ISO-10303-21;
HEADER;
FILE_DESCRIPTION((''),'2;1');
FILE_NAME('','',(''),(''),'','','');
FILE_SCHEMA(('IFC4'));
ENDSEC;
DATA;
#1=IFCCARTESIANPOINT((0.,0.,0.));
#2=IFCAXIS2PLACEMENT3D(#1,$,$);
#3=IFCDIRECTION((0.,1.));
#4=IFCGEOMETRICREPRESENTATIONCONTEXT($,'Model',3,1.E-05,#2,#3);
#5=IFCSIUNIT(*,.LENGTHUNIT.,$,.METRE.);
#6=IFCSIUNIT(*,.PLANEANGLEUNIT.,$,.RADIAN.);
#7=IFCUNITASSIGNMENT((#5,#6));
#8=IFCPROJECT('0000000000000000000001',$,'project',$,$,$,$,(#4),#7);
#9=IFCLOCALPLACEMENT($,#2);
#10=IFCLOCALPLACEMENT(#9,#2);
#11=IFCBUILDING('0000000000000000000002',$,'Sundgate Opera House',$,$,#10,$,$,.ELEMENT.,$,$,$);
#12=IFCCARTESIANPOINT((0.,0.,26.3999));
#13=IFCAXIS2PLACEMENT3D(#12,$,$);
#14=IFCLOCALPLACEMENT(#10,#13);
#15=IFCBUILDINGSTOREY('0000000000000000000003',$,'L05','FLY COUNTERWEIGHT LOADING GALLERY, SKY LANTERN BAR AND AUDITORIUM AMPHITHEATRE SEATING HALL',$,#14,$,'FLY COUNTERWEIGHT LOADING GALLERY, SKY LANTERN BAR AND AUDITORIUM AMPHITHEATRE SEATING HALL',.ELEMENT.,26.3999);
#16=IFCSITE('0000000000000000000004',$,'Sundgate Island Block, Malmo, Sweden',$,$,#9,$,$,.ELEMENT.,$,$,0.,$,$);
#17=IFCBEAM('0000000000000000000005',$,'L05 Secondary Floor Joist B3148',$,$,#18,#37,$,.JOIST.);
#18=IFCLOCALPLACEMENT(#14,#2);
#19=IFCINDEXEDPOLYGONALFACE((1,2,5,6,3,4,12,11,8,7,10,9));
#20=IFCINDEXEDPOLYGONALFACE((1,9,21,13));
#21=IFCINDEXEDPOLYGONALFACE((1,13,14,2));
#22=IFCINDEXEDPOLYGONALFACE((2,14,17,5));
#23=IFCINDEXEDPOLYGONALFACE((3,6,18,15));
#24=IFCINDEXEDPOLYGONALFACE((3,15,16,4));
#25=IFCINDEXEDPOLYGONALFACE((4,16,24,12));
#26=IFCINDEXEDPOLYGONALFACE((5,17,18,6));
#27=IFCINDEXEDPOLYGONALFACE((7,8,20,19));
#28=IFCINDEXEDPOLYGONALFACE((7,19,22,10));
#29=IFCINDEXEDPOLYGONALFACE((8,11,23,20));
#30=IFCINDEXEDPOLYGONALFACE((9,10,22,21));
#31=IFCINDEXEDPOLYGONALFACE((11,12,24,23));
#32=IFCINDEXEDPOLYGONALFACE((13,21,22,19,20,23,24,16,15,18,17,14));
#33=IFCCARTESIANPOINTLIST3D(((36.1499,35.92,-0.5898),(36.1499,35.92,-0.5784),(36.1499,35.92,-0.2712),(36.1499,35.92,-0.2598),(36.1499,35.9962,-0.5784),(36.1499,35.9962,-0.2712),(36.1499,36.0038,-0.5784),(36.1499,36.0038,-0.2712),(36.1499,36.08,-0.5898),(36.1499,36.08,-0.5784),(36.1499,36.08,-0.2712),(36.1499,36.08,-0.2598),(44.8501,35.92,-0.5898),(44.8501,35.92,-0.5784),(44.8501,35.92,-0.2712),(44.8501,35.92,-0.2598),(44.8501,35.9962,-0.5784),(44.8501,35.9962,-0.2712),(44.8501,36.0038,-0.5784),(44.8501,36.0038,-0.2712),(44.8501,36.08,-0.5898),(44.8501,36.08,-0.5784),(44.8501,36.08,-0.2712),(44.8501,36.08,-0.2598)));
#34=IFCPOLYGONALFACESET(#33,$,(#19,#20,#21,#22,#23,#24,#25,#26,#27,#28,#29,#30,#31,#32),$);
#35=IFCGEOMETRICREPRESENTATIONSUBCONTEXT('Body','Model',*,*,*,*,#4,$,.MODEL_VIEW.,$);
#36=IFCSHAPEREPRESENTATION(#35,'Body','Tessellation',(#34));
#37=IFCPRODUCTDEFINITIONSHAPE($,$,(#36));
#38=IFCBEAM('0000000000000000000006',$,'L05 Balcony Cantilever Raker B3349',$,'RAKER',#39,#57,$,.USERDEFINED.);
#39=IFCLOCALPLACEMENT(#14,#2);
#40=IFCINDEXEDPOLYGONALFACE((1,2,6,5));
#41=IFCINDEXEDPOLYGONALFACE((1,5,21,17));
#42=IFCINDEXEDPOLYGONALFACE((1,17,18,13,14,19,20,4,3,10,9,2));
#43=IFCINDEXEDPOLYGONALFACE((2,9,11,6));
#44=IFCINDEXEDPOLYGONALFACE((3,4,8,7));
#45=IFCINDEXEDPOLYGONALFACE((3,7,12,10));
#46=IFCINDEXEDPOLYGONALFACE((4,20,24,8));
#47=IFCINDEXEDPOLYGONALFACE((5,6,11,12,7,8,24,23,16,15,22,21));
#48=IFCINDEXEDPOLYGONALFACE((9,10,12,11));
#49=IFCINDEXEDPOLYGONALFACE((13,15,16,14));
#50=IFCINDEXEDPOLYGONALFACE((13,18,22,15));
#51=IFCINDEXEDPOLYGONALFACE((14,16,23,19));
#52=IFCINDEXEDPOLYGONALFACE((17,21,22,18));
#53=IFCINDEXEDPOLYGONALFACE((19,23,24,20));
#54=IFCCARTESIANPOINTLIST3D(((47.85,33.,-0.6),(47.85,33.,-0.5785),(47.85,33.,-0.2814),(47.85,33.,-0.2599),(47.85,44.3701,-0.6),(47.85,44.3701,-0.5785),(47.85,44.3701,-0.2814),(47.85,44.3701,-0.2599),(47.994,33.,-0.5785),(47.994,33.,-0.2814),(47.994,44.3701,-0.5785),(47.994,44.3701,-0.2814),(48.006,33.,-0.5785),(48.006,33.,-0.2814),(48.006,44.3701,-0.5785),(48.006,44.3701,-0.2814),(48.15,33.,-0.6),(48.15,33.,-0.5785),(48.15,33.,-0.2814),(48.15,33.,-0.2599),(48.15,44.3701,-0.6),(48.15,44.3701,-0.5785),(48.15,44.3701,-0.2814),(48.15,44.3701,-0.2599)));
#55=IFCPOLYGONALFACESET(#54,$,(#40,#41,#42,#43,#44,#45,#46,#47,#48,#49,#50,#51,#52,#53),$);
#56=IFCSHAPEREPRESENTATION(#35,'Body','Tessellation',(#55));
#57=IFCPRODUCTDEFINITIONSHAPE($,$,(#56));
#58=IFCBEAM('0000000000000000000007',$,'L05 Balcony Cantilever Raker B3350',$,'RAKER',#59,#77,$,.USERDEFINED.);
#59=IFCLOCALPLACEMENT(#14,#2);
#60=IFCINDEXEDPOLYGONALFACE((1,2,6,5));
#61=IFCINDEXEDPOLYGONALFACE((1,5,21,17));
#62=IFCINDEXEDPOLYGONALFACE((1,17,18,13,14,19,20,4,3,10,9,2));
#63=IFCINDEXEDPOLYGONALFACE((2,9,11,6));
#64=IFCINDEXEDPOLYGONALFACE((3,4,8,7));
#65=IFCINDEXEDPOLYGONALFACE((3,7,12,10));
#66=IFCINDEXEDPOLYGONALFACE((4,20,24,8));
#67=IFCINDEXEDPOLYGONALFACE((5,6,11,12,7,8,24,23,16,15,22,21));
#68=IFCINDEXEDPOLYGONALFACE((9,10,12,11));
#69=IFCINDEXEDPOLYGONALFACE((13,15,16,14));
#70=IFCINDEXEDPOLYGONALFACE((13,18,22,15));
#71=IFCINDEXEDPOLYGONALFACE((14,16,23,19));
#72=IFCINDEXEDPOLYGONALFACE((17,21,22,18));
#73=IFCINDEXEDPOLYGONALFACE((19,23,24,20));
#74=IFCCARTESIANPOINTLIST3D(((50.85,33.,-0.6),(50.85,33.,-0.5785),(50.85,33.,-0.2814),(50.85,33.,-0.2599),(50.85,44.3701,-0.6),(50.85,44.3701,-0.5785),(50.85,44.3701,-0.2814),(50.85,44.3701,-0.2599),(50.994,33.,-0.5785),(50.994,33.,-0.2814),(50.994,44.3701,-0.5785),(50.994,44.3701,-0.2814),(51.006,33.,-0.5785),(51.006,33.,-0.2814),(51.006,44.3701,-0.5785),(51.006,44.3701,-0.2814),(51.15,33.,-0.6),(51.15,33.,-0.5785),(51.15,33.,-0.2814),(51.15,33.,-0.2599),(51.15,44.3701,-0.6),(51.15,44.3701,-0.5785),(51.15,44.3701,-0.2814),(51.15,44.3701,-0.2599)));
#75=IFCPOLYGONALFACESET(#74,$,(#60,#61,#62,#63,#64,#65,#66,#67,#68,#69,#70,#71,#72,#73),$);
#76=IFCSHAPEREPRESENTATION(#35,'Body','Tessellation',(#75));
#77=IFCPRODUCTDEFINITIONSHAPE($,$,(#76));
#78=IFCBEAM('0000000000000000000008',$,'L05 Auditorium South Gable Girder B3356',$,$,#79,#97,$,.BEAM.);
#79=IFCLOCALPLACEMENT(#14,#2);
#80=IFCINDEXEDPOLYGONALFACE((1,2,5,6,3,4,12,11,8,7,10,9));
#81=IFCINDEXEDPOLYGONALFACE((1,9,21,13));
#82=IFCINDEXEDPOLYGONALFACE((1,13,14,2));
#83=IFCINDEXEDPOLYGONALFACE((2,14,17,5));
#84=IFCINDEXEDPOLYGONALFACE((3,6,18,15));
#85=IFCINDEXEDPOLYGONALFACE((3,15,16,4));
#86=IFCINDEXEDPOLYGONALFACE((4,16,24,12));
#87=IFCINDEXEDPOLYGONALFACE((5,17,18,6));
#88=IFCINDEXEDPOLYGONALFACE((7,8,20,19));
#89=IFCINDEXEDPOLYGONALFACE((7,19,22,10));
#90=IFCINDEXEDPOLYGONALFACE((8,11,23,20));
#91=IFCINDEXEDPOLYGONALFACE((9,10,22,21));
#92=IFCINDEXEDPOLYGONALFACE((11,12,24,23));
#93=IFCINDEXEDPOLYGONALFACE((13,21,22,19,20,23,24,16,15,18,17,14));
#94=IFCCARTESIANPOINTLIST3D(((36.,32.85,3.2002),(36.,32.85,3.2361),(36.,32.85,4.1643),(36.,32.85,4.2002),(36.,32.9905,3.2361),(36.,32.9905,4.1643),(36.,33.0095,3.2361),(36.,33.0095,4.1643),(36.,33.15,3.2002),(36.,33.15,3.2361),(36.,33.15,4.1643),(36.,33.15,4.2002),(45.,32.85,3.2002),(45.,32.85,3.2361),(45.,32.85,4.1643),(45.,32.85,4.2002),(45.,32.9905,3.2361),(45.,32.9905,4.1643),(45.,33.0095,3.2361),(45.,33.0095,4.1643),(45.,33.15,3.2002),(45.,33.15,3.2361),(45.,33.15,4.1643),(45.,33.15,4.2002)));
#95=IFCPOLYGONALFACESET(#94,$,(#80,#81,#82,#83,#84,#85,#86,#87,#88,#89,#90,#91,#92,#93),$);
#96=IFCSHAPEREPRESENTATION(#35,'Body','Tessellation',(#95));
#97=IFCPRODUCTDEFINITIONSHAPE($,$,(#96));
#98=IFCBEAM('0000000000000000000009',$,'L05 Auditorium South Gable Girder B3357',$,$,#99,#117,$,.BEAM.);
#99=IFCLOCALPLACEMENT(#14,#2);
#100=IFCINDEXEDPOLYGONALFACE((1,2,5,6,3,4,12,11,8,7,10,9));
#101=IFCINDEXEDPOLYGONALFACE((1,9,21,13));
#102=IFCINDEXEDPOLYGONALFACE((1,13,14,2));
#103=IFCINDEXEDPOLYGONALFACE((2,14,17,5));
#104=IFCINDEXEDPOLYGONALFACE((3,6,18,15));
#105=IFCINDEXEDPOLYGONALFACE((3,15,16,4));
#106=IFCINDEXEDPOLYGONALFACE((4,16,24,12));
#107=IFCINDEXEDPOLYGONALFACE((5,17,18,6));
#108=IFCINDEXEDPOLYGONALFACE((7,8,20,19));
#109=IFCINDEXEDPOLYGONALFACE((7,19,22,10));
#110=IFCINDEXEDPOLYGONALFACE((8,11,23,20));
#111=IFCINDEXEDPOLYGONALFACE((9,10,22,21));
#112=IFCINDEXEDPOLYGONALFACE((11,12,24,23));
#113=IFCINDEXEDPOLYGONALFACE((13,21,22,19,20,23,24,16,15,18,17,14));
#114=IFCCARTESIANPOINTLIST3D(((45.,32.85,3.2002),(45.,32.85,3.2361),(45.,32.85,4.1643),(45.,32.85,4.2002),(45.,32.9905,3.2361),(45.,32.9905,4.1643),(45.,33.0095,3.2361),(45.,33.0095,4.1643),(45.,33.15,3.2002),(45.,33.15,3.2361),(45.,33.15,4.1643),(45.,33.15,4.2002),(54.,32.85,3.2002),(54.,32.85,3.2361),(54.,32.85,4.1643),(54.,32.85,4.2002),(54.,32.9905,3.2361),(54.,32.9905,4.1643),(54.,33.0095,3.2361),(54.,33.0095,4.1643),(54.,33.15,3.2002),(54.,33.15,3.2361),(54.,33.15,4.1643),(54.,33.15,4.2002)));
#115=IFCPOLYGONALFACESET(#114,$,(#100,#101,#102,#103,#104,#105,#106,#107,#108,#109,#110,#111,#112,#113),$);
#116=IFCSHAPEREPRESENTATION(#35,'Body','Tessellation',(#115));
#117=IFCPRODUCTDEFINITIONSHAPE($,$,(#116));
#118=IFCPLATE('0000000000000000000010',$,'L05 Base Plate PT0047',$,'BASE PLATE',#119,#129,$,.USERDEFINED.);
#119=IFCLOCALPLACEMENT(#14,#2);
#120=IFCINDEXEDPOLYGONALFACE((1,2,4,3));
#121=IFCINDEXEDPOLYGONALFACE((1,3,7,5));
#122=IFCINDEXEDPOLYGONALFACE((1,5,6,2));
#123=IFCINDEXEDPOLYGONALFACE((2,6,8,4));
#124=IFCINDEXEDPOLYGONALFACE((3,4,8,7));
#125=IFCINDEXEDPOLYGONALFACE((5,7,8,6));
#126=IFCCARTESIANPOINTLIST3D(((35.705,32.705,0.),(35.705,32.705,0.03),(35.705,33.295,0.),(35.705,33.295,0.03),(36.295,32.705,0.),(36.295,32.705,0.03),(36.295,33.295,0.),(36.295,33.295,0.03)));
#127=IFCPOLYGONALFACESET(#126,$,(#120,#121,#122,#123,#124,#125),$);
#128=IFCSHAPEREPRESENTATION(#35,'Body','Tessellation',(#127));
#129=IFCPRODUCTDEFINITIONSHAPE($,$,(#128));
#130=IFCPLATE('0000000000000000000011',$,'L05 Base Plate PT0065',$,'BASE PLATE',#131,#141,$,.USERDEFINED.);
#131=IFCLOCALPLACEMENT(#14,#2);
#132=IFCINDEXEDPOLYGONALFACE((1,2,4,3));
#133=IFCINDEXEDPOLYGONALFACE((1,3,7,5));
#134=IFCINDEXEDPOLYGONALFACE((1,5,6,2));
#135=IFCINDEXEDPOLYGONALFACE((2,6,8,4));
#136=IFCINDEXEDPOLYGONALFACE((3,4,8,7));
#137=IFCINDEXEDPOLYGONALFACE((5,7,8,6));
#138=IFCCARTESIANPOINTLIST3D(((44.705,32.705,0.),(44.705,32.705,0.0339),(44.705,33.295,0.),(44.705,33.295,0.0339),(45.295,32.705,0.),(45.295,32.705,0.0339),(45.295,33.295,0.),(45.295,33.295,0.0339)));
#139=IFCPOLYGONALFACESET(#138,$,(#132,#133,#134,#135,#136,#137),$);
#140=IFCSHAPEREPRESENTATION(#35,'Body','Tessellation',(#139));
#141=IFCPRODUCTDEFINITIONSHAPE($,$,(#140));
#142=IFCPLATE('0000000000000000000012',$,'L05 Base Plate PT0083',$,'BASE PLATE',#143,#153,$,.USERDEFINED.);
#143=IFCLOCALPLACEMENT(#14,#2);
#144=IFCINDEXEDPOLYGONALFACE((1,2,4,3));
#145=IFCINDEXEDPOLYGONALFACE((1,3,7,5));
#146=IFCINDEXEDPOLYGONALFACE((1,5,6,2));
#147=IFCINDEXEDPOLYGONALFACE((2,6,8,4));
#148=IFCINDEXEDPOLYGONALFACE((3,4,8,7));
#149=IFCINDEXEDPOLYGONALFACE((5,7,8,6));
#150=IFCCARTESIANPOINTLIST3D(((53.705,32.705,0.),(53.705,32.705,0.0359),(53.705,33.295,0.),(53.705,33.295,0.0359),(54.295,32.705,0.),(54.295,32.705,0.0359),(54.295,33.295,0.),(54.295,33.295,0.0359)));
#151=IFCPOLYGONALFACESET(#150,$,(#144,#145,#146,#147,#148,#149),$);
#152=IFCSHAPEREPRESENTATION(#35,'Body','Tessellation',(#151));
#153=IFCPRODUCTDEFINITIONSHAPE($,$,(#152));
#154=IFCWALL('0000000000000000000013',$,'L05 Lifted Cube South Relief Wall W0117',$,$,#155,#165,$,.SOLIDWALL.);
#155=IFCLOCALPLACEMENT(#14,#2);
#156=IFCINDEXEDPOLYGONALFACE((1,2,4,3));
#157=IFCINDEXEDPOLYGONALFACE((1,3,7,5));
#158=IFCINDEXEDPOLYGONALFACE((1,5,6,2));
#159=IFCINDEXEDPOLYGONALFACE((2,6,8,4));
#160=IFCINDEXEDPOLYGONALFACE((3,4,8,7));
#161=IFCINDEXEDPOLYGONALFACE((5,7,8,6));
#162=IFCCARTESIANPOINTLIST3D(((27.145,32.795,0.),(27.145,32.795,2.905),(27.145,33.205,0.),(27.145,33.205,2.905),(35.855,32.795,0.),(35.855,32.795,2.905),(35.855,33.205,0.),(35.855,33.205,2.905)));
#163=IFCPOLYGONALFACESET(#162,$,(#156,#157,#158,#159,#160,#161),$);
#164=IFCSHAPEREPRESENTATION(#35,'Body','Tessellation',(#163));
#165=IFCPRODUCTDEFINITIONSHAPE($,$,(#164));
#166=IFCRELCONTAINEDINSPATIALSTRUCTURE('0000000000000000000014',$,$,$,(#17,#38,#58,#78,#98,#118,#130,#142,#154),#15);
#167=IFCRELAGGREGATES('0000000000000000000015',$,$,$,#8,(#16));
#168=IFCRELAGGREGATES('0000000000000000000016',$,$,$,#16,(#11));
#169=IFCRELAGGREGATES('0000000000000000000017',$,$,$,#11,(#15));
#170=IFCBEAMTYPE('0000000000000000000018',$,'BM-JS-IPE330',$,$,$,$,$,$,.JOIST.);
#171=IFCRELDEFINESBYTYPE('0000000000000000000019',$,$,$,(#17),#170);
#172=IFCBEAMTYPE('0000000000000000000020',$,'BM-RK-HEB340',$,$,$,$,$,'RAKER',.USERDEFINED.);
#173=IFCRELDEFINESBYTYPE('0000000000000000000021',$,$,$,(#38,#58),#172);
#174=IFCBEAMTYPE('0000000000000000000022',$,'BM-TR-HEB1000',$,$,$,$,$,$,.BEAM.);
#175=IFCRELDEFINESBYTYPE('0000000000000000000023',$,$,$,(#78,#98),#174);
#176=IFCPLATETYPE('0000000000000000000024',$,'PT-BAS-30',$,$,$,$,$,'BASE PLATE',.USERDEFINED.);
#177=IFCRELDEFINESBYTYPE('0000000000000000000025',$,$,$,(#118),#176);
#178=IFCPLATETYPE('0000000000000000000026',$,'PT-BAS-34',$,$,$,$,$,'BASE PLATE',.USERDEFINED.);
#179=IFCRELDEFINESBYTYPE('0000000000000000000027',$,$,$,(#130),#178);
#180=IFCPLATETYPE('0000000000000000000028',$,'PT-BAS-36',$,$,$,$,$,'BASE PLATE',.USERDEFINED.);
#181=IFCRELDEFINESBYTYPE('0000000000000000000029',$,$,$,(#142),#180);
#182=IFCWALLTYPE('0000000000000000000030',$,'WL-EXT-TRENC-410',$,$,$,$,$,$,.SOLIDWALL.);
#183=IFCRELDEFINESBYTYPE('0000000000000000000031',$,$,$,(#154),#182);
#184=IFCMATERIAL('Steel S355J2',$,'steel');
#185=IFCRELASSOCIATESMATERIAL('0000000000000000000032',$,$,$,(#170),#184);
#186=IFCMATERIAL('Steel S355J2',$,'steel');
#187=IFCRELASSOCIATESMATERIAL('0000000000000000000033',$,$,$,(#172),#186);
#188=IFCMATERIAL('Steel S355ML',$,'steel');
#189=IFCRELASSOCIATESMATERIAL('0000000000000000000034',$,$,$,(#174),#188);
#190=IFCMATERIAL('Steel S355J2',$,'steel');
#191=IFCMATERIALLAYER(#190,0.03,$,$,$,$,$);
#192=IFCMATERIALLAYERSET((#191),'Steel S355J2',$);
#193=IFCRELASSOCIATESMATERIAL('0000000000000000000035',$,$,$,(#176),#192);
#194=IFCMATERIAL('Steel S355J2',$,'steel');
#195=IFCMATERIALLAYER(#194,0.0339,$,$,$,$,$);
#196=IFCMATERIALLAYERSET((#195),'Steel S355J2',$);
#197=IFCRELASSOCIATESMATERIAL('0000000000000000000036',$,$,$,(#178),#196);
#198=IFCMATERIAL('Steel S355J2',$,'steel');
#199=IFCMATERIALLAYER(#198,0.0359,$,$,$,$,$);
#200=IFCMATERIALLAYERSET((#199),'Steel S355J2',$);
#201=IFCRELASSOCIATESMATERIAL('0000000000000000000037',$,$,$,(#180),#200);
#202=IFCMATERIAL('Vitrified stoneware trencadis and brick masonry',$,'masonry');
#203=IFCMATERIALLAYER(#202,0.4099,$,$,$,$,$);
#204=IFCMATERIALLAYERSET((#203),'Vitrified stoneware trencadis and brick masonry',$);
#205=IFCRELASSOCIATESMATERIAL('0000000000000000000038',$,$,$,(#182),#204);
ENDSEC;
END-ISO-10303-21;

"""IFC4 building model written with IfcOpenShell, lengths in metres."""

from ifc_helpers import new_model, si_unit, direction, frame, frame_2d, origin, origin_2d, place, context, subcontext, project, spatial, rectangle, i_section, extrude, material, layer, layer_set, material_profile, profile_set, type_object, element, save


model = new_model("IFC4")

# Units and contexts
model_context = context("Model", 3, precision=1e-05, world=origin(), true_north=direction((0.0, 1.0)))
body_context = subcontext(model_context, "Body", "Model", "MODEL_VIEW")
ifc_project = project(units=[si_unit("LENGTHUNIT", "METRE"), si_unit("PLANEANGLEUNIT", "RADIAN")], contexts=[model_context])

# Site, building, storey
site_placement = place(None, origin())
site = spatial("IfcSite", under=ifc_project, at=site_placement, Name="Sundgate Island Block, Malmo, Sweden", CompositionType="ELEMENT", RefElevation=0.0)
building_placement = place(site_placement, origin())
building = spatial("IfcBuilding", under=site, at=building_placement, Name="Sundgate Opera House", CompositionType="ELEMENT")
storey_placement = place(building_placement, frame((0.0, 0.0, 26.3999)))
storey = spatial("IfcBuildingStorey", under=building, at=storey_placement, Name="L05", Description="FLY COUNTERWEIGHT LOADING GALLERY, SKY LANTERN BAR AND AUDITORIUM AMPHITHEATRE SEATING HALL", LongName="FLY COUNTERWEIGHT LOADING GALLERY, SKY LANTERN BAR AND AUDITORIUM AMPHITHEATRE SEATING HALL", CompositionType="ELEMENT", Elevation=26.3999)

# Beams
ifc_material_1 = material(Name="Steel S355J2", Category="steel")
ifc_material_profile_1 = material_profile(ifc_material_1, i_section(OverallWidth=0.1599, OverallDepth=0.3301, WebThickness=0.0076, FlangeThickness=0.0115, at=origin_2d()), Name="IPE 330")
ifc_profile_set_1 = profile_set([ifc_material_profile_1], Name="Steel S355J2")
beam_type_1 = type_object("IfcBeamType", Name="BM-JS-IPE330", PredefinedType="JOIST", material=ifc_profile_set_1)
beam_1_placement = place(storey_placement, frame((36.1499, 36.0, -0.4248), z_axis=(1.0, 0.0, 0.0), x_axis=(0.0, 1.0, 0.0)))
element("IfcBeam", 1, at=beam_1_placement, inside=storey, type_object=beam_type_1, Name="L05 Secondary Floor Joist B3148", PredefinedType="JOIST", context=body_context, shape_type="SweptSolid", body=[
    extrude(i_section(OverallWidth=0.1599, OverallDepth=0.3301, WebThickness=0.0076, FlangeThickness=0.0115, at=origin_2d()), origin(), (0.0, 0.0, 1.0), 8.7002),
])
ifc_material_2 = material(Name="Steel S355J2", Category="steel")
ifc_material_profile_2 = material_profile(ifc_material_2, i_section(OverallWidth=0.3, OverallDepth=0.3401, WebThickness=0.012, FlangeThickness=0.0215, at=origin_2d()), Name="HEB 340")
ifc_profile_set_2 = profile_set([ifc_material_profile_2], Name="Steel S355J2")
beam_type_2 = type_object("IfcBeamType", Name="BM-RK-HEB340", ElementType="RAKER", PredefinedType="USERDEFINED", material=ifc_profile_set_2)
for number, where, z_axis, x_axis, name in (
    (2, (48.0, 33.0, -0.4299), (0.0, 1.0, 0.0), (-1.0, 0.0, 0.0), "L05 Balcony Cantilever Raker B3349"),
    (3, (51.0, 33.0, -0.4299), (0.0, 1.0, 0.0), (-1.0, 0.0, 0.0), "L05 Balcony Cantilever Raker B3350"),
):
    element("IfcBeam", number, at=place(storey_placement, frame(where, z_axis=z_axis, x_axis=x_axis)), inside=storey, type_object=beam_type_2, Name=name, ObjectType="RAKER", PredefinedType="USERDEFINED", context=body_context, shape_type="SweptSolid", body=[
        extrude(i_section(OverallWidth=0.3, OverallDepth=0.3401, WebThickness=0.012, FlangeThickness=0.0215, at=origin_2d()), origin(), (0.0, 0.0, 1.0), 11.3701),
    ])
ifc_material_3 = material(Name="Steel S355ML", Category="steel")
ifc_material_profile_3 = material_profile(ifc_material_3, i_section(OverallWidth=0.3, OverallDepth=1.0, WebThickness=0.019, FlangeThickness=0.0359, at=origin_2d()), Name="HEB 1000")
ifc_profile_set_3 = profile_set([ifc_material_profile_3], Name="Steel S355ML")
beam_type_3 = type_object("IfcBeamType", Name="BM-TR-HEB1000", PredefinedType="BEAM", material=ifc_profile_set_3)
for number, where, z_axis, x_axis, name in (
    (4, (36.0, 33.0, 3.7002), (1.0, 0.0, 0.0), (0.0, 1.0, 0.0), "L05 Auditorium South Gable Girder B3356"),
    (5, (45.0, 33.0, 3.7002), (1.0, 0.0, 0.0), (0.0, 1.0, 0.0), "L05 Auditorium South Gable Girder B3357"),
):
    element("IfcBeam", number, at=place(storey_placement, frame(where, z_axis=z_axis, x_axis=x_axis)), inside=storey, type_object=beam_type_3, Name=name, PredefinedType="BEAM", context=body_context, shape_type="SweptSolid", body=[
        extrude(i_section(OverallWidth=0.3, OverallDepth=1.0, WebThickness=0.019, FlangeThickness=0.0359, at=origin_2d()), origin(), (0.0, 0.0, 1.0), 9.0),
    ])

# Plates
ifc_material_4 = material(Name="Steel S355J2", Category="steel")
ifc_layer_1 = layer(ifc_material_4, 0.03)
ifc_layer_set_1 = layer_set([ifc_layer_1], Name="Steel S355J2")
plate_type_1 = type_object("IfcPlateType", Name="PT-BAS-30", ElementType="BASE PLATE", PredefinedType="USERDEFINED", material=ifc_layer_set_1)
plate_1_placement = place(storey_placement, frame((36.0, 33.0, 0.0), z_axis=(0.0, 0.0, 1.0), x_axis=(1.0, 0.0, 0.0)))
element("IfcPlate", 6, at=plate_1_placement, inside=storey, type_object=plate_type_1, Name="L05 Base Plate PT0047", ObjectType="BASE PLATE", PredefinedType="USERDEFINED", context=body_context, shape_type="SweptSolid", body=[
    extrude(rectangle(XDim=0.5901, YDim=0.5901, at=origin_2d()), origin(), (0.0, 0.0, 1.0), 0.03),
])
ifc_material_5 = material(Name="Steel S355J2", Category="steel")
ifc_layer_2 = layer(ifc_material_5, 0.0339)
ifc_layer_set_2 = layer_set([ifc_layer_2], Name="Steel S355J2")
plate_type_2 = type_object("IfcPlateType", Name="PT-BAS-34", ElementType="BASE PLATE", PredefinedType="USERDEFINED", material=ifc_layer_set_2)
plate_2_placement = place(storey_placement, frame((45.0, 33.0, 0.0), z_axis=(0.0, 0.0, 1.0), x_axis=(1.0, 0.0, 0.0)))
element("IfcPlate", 7, at=plate_2_placement, inside=storey, type_object=plate_type_2, Name="L05 Base Plate PT0065", ObjectType="BASE PLATE", PredefinedType="USERDEFINED", context=body_context, shape_type="SweptSolid", body=[
    extrude(rectangle(XDim=0.5901, YDim=0.5901, at=origin_2d()), origin(), (0.0, 0.0, 1.0), 0.0339),
])
ifc_material_6 = material(Name="Steel S355J2", Category="steel")
ifc_layer_3 = layer(ifc_material_6, 0.0359)
ifc_layer_set_3 = layer_set([ifc_layer_3], Name="Steel S355J2")
plate_type_3 = type_object("IfcPlateType", Name="PT-BAS-36", ElementType="BASE PLATE", PredefinedType="USERDEFINED", material=ifc_layer_set_3)
plate_3_placement = place(storey_placement, frame((54.0, 33.0, 0.0), z_axis=(0.0, 0.0, 1.0), x_axis=(1.0, 0.0, 0.0)))
element("IfcPlate", 8, at=plate_3_placement, inside=storey, type_object=plate_type_3, Name="L05 Base Plate PT0083", ObjectType="BASE PLATE", PredefinedType="USERDEFINED", context=body_context, shape_type="SweptSolid", body=[
    extrude(rectangle(XDim=0.5901, YDim=0.5901, at=origin_2d()), origin(), (0.0, 0.0, 1.0), 0.0359),
])

# Wall
ifc_material_7 = material(Name="Vitrified stoneware trencadis and brick masonry", Category="masonry")
ifc_layer_4 = layer(ifc_material_7, 0.4099)
ifc_layer_set_4 = layer_set([ifc_layer_4], Name="Vitrified stoneware trencadis and brick masonry")
wall_type_1 = type_object("IfcWallType", Name="WL-EXT-TRENC-410", PredefinedType="SOLIDWALL", material=ifc_layer_set_4)
wall_1_placement = place(storey_placement, frame((35.855, 33.0, 0.0), z_axis=(0.0, 0.0, 1.0), x_axis=(-1.0, 0.0, 0.0)))
element("IfcWall", 9, at=wall_1_placement, inside=storey, type_object=wall_type_1, Name="L05 Lifted Cube South Relief Wall W0117", PredefinedType="SOLIDWALL", context=body_context, shape_type="SweptSolid", body=[
    extrude(rectangle(XDim=8.71, YDim=0.4099, at=frame_2d((4.355, 0.0))), origin(), (0.0, 0.0, 1.0), 2.905),
])

save(model, "model.ifc")
